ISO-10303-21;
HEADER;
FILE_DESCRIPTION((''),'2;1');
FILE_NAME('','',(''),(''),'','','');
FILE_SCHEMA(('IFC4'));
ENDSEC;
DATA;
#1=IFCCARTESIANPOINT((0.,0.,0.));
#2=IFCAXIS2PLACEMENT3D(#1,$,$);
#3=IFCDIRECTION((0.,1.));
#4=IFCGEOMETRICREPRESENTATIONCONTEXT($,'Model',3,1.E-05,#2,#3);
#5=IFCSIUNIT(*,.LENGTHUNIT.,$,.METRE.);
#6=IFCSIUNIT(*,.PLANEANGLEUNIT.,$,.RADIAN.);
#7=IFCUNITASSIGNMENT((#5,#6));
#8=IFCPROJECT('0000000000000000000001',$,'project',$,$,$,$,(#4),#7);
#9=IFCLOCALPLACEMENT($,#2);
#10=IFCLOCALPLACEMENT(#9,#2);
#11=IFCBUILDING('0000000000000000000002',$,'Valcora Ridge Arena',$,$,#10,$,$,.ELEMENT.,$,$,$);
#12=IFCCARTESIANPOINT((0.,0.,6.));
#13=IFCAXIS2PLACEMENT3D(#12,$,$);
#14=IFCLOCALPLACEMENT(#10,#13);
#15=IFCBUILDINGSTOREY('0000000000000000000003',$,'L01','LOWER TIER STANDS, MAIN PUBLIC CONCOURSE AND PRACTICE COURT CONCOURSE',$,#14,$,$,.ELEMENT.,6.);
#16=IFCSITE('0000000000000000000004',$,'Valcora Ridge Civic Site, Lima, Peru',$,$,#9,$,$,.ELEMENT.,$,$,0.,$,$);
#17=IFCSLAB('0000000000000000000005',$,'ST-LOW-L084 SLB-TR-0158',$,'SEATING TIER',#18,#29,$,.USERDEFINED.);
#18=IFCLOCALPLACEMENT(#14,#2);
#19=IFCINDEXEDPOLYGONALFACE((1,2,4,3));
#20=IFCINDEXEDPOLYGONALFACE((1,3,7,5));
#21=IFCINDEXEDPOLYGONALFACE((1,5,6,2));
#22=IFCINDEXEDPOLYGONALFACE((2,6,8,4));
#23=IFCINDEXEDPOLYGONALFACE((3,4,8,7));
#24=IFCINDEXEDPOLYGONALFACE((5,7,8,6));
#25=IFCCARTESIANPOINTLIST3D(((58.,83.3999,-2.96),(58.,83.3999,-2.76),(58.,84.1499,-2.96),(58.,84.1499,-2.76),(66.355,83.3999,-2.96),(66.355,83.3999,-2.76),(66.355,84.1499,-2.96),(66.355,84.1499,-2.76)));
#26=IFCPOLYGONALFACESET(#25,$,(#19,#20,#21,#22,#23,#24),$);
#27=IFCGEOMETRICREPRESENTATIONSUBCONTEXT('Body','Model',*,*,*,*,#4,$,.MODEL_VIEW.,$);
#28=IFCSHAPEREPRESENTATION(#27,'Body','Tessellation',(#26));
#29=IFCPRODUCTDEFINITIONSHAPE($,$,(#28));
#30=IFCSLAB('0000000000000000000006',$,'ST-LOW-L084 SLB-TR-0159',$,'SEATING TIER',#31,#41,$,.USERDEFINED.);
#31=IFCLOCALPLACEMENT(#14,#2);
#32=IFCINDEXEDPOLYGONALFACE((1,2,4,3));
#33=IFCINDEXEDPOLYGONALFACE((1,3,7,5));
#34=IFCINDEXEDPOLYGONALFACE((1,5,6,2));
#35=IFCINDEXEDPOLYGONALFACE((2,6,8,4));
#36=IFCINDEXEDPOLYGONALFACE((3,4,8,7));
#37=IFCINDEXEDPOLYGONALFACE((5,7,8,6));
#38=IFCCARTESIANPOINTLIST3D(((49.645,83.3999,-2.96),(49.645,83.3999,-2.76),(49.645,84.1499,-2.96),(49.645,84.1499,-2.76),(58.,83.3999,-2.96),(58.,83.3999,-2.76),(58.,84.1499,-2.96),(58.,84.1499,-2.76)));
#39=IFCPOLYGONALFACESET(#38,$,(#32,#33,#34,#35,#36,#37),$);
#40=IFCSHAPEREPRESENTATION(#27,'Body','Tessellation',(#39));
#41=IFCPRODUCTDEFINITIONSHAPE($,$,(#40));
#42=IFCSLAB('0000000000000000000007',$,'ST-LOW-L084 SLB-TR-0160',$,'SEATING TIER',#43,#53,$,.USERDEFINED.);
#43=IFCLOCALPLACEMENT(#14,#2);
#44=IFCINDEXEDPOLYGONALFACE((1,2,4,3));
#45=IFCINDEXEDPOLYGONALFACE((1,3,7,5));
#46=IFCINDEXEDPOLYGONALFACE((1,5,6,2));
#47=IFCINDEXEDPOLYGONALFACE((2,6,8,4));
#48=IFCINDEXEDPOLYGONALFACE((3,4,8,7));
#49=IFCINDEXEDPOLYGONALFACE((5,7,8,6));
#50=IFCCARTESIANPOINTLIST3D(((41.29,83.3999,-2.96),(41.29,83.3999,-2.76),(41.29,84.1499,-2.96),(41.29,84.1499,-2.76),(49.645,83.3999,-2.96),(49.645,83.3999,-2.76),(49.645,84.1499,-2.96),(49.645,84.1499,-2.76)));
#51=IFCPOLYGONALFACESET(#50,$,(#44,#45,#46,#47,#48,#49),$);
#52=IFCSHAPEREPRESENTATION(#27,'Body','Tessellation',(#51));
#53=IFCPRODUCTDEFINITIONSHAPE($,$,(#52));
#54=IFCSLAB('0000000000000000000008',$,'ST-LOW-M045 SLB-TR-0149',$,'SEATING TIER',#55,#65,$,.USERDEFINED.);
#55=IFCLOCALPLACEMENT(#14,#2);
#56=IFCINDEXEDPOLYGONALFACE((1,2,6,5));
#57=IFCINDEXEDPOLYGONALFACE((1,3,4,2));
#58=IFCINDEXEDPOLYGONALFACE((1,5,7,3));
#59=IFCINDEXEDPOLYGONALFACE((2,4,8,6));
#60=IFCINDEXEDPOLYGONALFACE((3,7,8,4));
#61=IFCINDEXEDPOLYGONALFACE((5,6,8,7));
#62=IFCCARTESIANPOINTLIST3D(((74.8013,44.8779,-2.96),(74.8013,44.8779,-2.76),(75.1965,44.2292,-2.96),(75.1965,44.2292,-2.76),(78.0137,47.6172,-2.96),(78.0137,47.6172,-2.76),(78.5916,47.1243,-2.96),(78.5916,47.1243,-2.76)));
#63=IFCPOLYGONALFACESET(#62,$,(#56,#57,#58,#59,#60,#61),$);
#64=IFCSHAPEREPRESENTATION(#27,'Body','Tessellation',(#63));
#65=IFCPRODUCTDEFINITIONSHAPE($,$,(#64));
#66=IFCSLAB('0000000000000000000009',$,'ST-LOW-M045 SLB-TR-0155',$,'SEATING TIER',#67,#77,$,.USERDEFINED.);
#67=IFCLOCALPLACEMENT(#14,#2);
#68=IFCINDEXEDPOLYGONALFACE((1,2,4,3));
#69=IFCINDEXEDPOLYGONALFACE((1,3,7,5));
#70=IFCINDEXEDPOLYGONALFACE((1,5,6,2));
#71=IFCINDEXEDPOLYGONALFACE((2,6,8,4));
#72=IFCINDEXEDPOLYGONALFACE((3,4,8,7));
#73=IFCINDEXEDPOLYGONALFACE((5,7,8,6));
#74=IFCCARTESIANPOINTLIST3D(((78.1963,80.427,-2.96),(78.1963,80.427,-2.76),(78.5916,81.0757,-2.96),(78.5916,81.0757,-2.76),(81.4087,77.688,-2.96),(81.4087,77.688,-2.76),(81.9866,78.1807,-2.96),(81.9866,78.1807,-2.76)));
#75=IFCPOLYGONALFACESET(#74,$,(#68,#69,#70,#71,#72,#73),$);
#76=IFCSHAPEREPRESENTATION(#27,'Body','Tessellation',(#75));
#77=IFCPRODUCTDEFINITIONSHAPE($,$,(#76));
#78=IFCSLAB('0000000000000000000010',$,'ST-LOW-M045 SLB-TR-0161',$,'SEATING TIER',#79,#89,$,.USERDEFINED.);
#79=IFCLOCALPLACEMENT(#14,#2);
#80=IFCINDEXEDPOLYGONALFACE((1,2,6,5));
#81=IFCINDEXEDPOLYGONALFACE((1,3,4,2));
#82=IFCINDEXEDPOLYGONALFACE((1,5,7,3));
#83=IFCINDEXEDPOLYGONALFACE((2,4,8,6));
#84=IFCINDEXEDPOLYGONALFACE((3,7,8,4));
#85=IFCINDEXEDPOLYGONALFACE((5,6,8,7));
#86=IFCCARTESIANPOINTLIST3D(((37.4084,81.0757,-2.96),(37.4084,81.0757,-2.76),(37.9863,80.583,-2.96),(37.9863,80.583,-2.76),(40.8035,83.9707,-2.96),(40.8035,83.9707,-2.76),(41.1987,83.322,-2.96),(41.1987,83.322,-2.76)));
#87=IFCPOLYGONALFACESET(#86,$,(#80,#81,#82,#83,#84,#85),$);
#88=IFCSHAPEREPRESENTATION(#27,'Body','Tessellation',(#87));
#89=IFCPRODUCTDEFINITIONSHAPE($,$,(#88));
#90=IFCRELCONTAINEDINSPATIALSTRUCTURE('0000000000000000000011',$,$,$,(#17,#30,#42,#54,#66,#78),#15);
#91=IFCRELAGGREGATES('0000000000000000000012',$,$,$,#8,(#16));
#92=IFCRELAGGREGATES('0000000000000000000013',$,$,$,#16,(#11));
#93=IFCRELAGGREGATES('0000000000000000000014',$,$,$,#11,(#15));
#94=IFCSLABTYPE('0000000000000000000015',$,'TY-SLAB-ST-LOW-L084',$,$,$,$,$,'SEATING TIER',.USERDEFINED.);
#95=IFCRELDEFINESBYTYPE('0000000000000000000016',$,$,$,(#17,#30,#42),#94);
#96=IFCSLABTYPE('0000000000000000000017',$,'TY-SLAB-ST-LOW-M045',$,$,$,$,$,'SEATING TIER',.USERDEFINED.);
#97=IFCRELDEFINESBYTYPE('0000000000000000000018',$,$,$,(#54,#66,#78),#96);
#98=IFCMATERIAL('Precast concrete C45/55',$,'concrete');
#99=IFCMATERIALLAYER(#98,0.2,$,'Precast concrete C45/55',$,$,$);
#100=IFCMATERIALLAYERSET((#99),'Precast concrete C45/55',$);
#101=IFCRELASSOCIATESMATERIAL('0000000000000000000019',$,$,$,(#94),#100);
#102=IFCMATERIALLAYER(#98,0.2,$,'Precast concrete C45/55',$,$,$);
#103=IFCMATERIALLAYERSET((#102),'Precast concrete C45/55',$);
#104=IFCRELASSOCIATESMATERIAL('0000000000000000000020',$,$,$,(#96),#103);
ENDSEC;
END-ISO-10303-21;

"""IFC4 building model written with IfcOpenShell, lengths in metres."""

from ifc_helpers import new_model, si_unit, direction, frame, origin, place, context, subcontext, project, spatial, polyline, outline, extrude, material, layer, layer_set, type_object, element, save


model = new_model("IFC4")

# Units and contexts
model_context = context("Model", 3, precision=1e-05, world=origin(), true_north=direction((0.0, 1.0)))
body_context = subcontext(model_context, "Body", "Model", "MODEL_VIEW")
ifc_project = project(units=[si_unit("LENGTHUNIT", "METRE"), si_unit("PLANEANGLEUNIT", "RADIAN")], contexts=[model_context])

# Site, building, storey
site_placement = place(None, origin())
site = spatial("IfcSite", under=ifc_project, at=site_placement, Name="Valcora Ridge Civic Site, Lima, Peru", CompositionType="ELEMENT", RefElevation=0.0)
building_placement = place(site_placement, origin())
building = spatial("IfcBuilding", under=site, at=building_placement, Name="Valcora Ridge Arena", CompositionType="ELEMENT")
storey_placement = place(building_placement, frame((0.0, 0.0, 6.0)))
storey = spatial("IfcBuildingStorey", under=building, at=storey_placement, Name="L01", Description="LOWER TIER STANDS, MAIN PUBLIC CONCOURSE AND PRACTICE COURT CONCOURSE", CompositionType="ELEMENT", Elevation=6.0)

# Slabs
ifc_material = material(Name="Precast concrete C45/55", Category="concrete")
ifc_layer_1 = layer(ifc_material, 0.2, Name="Precast concrete C45/55")
ifc_layer_set_1 = layer_set([ifc_layer_1], Name="Precast concrete C45/55")
slab_type_1 = type_object("IfcSlabType", Name="TY-SLAB-ST-LOW-L084", ElementType="SEATING TIER", PredefinedType="USERDEFINED", material=ifc_layer_set_1)
slab_1_placement = place(storey_placement, frame((0.0, 0.0, -2.96)))
element("IfcSlab", 1, at=slab_1_placement, inside=storey, type_object=slab_type_1, Name="ST-LOW-L084 SLB-TR-0158", ObjectType="SEATING TIER", PredefinedType="USERDEFINED", context=body_context, shape_type="SweptSolid", body=[
    extrude(outline(polyline([(66.355, 83.3999), (58.0, 83.3999), (58.0, 84.1499), (66.355, 84.1499), (66.355, 83.3999)])), origin(), (0.0, 0.0, 1.0), 0.2),
])
slab_2_placement = place(storey_placement, frame((0.0, 0.0, -2.96)))
element("IfcSlab", 2, at=slab_2_placement, inside=storey, type_object=slab_type_1, Name="ST-LOW-L084 SLB-TR-0159", ObjectType="SEATING TIER", PredefinedType="USERDEFINED", context=body_context, shape_type="SweptSolid", body=[
    extrude(outline(polyline([(58.0, 83.3999), (49.645, 83.3999), (49.645, 84.1499), (58.0, 84.1499), (58.0, 83.3999)])), origin(), (0.0, 0.0, 1.0), 0.2),
])
slab_3_placement = place(storey_placement, frame((0.0, 0.0, -2.96)))
element("IfcSlab", 3, at=slab_3_placement, inside=storey, type_object=slab_type_1, Name="ST-LOW-L084 SLB-TR-0160", ObjectType="SEATING TIER", PredefinedType="USERDEFINED", context=body_context, shape_type="SweptSolid", body=[
    extrude(outline(polyline([(49.645, 83.3999), (41.29, 83.3999), (41.29, 84.1499), (49.645, 84.1499), (49.645, 83.3999)])), origin(), (0.0, 0.0, 1.0), 0.2),
])
ifc_layer_2 = layer(ifc_material, 0.2, Name="Precast concrete C45/55")
ifc_layer_set_2 = layer_set([ifc_layer_2], Name="Precast concrete C45/55")
slab_type_2 = type_object("IfcSlabType", Name="TY-SLAB-ST-LOW-M045", ElementType="SEATING TIER", PredefinedType="USERDEFINED", material=ifc_layer_set_2)
slab_4_placement = place(storey_placement, frame((0.0, 0.0, -2.96)))
element("IfcSlab", 4, at=slab_4_placement, inside=storey, type_object=slab_type_2, Name="ST-LOW-M045 SLB-TR-0149", ObjectType="SEATING TIER", PredefinedType="USERDEFINED", context=body_context, shape_type="SweptSolid", body=[
    extrude(outline(polyline([(74.8013, 44.8779), (78.0137, 47.6172), (78.5916, 47.1243), (75.1965, 44.2292), (74.8013, 44.8779)])), origin(), (0.0, 0.0, 1.0), 0.2),
])
slab_5_placement = place(storey_placement, frame((0.0, 0.0, -2.96)))
element("IfcSlab", 5, at=slab_5_placement, inside=storey, type_object=slab_type_2, Name="ST-LOW-M045 SLB-TR-0155", ObjectType="SEATING TIER", PredefinedType="USERDEFINED", context=body_context, shape_type="SweptSolid", body=[
    extrude(outline(polyline([(81.4087, 77.688), (78.1963, 80.427), (78.5916, 81.0757), (81.9866, 78.1807), (81.4087, 77.688)])), origin(), (0.0, 0.0, 1.0), 0.2),
])
slab_6_placement = place(storey_placement, frame((0.0, 0.0, -2.96)))
element("IfcSlab", 6, at=slab_6_placement, inside=storey, type_object=slab_type_2, Name="ST-LOW-M045 SLB-TR-0161", ObjectType="SEATING TIER", PredefinedType="USERDEFINED", context=body_context, shape_type="SweptSolid", body=[
    extrude(outline(polyline([(41.1987, 83.322), (37.9863, 80.583), (37.4084, 81.0757), (40.8035, 83.9707), (41.1987, 83.322)])), origin(), (0.0, 0.0, 1.0), 0.2),
])

save(model, "model.ifc")
